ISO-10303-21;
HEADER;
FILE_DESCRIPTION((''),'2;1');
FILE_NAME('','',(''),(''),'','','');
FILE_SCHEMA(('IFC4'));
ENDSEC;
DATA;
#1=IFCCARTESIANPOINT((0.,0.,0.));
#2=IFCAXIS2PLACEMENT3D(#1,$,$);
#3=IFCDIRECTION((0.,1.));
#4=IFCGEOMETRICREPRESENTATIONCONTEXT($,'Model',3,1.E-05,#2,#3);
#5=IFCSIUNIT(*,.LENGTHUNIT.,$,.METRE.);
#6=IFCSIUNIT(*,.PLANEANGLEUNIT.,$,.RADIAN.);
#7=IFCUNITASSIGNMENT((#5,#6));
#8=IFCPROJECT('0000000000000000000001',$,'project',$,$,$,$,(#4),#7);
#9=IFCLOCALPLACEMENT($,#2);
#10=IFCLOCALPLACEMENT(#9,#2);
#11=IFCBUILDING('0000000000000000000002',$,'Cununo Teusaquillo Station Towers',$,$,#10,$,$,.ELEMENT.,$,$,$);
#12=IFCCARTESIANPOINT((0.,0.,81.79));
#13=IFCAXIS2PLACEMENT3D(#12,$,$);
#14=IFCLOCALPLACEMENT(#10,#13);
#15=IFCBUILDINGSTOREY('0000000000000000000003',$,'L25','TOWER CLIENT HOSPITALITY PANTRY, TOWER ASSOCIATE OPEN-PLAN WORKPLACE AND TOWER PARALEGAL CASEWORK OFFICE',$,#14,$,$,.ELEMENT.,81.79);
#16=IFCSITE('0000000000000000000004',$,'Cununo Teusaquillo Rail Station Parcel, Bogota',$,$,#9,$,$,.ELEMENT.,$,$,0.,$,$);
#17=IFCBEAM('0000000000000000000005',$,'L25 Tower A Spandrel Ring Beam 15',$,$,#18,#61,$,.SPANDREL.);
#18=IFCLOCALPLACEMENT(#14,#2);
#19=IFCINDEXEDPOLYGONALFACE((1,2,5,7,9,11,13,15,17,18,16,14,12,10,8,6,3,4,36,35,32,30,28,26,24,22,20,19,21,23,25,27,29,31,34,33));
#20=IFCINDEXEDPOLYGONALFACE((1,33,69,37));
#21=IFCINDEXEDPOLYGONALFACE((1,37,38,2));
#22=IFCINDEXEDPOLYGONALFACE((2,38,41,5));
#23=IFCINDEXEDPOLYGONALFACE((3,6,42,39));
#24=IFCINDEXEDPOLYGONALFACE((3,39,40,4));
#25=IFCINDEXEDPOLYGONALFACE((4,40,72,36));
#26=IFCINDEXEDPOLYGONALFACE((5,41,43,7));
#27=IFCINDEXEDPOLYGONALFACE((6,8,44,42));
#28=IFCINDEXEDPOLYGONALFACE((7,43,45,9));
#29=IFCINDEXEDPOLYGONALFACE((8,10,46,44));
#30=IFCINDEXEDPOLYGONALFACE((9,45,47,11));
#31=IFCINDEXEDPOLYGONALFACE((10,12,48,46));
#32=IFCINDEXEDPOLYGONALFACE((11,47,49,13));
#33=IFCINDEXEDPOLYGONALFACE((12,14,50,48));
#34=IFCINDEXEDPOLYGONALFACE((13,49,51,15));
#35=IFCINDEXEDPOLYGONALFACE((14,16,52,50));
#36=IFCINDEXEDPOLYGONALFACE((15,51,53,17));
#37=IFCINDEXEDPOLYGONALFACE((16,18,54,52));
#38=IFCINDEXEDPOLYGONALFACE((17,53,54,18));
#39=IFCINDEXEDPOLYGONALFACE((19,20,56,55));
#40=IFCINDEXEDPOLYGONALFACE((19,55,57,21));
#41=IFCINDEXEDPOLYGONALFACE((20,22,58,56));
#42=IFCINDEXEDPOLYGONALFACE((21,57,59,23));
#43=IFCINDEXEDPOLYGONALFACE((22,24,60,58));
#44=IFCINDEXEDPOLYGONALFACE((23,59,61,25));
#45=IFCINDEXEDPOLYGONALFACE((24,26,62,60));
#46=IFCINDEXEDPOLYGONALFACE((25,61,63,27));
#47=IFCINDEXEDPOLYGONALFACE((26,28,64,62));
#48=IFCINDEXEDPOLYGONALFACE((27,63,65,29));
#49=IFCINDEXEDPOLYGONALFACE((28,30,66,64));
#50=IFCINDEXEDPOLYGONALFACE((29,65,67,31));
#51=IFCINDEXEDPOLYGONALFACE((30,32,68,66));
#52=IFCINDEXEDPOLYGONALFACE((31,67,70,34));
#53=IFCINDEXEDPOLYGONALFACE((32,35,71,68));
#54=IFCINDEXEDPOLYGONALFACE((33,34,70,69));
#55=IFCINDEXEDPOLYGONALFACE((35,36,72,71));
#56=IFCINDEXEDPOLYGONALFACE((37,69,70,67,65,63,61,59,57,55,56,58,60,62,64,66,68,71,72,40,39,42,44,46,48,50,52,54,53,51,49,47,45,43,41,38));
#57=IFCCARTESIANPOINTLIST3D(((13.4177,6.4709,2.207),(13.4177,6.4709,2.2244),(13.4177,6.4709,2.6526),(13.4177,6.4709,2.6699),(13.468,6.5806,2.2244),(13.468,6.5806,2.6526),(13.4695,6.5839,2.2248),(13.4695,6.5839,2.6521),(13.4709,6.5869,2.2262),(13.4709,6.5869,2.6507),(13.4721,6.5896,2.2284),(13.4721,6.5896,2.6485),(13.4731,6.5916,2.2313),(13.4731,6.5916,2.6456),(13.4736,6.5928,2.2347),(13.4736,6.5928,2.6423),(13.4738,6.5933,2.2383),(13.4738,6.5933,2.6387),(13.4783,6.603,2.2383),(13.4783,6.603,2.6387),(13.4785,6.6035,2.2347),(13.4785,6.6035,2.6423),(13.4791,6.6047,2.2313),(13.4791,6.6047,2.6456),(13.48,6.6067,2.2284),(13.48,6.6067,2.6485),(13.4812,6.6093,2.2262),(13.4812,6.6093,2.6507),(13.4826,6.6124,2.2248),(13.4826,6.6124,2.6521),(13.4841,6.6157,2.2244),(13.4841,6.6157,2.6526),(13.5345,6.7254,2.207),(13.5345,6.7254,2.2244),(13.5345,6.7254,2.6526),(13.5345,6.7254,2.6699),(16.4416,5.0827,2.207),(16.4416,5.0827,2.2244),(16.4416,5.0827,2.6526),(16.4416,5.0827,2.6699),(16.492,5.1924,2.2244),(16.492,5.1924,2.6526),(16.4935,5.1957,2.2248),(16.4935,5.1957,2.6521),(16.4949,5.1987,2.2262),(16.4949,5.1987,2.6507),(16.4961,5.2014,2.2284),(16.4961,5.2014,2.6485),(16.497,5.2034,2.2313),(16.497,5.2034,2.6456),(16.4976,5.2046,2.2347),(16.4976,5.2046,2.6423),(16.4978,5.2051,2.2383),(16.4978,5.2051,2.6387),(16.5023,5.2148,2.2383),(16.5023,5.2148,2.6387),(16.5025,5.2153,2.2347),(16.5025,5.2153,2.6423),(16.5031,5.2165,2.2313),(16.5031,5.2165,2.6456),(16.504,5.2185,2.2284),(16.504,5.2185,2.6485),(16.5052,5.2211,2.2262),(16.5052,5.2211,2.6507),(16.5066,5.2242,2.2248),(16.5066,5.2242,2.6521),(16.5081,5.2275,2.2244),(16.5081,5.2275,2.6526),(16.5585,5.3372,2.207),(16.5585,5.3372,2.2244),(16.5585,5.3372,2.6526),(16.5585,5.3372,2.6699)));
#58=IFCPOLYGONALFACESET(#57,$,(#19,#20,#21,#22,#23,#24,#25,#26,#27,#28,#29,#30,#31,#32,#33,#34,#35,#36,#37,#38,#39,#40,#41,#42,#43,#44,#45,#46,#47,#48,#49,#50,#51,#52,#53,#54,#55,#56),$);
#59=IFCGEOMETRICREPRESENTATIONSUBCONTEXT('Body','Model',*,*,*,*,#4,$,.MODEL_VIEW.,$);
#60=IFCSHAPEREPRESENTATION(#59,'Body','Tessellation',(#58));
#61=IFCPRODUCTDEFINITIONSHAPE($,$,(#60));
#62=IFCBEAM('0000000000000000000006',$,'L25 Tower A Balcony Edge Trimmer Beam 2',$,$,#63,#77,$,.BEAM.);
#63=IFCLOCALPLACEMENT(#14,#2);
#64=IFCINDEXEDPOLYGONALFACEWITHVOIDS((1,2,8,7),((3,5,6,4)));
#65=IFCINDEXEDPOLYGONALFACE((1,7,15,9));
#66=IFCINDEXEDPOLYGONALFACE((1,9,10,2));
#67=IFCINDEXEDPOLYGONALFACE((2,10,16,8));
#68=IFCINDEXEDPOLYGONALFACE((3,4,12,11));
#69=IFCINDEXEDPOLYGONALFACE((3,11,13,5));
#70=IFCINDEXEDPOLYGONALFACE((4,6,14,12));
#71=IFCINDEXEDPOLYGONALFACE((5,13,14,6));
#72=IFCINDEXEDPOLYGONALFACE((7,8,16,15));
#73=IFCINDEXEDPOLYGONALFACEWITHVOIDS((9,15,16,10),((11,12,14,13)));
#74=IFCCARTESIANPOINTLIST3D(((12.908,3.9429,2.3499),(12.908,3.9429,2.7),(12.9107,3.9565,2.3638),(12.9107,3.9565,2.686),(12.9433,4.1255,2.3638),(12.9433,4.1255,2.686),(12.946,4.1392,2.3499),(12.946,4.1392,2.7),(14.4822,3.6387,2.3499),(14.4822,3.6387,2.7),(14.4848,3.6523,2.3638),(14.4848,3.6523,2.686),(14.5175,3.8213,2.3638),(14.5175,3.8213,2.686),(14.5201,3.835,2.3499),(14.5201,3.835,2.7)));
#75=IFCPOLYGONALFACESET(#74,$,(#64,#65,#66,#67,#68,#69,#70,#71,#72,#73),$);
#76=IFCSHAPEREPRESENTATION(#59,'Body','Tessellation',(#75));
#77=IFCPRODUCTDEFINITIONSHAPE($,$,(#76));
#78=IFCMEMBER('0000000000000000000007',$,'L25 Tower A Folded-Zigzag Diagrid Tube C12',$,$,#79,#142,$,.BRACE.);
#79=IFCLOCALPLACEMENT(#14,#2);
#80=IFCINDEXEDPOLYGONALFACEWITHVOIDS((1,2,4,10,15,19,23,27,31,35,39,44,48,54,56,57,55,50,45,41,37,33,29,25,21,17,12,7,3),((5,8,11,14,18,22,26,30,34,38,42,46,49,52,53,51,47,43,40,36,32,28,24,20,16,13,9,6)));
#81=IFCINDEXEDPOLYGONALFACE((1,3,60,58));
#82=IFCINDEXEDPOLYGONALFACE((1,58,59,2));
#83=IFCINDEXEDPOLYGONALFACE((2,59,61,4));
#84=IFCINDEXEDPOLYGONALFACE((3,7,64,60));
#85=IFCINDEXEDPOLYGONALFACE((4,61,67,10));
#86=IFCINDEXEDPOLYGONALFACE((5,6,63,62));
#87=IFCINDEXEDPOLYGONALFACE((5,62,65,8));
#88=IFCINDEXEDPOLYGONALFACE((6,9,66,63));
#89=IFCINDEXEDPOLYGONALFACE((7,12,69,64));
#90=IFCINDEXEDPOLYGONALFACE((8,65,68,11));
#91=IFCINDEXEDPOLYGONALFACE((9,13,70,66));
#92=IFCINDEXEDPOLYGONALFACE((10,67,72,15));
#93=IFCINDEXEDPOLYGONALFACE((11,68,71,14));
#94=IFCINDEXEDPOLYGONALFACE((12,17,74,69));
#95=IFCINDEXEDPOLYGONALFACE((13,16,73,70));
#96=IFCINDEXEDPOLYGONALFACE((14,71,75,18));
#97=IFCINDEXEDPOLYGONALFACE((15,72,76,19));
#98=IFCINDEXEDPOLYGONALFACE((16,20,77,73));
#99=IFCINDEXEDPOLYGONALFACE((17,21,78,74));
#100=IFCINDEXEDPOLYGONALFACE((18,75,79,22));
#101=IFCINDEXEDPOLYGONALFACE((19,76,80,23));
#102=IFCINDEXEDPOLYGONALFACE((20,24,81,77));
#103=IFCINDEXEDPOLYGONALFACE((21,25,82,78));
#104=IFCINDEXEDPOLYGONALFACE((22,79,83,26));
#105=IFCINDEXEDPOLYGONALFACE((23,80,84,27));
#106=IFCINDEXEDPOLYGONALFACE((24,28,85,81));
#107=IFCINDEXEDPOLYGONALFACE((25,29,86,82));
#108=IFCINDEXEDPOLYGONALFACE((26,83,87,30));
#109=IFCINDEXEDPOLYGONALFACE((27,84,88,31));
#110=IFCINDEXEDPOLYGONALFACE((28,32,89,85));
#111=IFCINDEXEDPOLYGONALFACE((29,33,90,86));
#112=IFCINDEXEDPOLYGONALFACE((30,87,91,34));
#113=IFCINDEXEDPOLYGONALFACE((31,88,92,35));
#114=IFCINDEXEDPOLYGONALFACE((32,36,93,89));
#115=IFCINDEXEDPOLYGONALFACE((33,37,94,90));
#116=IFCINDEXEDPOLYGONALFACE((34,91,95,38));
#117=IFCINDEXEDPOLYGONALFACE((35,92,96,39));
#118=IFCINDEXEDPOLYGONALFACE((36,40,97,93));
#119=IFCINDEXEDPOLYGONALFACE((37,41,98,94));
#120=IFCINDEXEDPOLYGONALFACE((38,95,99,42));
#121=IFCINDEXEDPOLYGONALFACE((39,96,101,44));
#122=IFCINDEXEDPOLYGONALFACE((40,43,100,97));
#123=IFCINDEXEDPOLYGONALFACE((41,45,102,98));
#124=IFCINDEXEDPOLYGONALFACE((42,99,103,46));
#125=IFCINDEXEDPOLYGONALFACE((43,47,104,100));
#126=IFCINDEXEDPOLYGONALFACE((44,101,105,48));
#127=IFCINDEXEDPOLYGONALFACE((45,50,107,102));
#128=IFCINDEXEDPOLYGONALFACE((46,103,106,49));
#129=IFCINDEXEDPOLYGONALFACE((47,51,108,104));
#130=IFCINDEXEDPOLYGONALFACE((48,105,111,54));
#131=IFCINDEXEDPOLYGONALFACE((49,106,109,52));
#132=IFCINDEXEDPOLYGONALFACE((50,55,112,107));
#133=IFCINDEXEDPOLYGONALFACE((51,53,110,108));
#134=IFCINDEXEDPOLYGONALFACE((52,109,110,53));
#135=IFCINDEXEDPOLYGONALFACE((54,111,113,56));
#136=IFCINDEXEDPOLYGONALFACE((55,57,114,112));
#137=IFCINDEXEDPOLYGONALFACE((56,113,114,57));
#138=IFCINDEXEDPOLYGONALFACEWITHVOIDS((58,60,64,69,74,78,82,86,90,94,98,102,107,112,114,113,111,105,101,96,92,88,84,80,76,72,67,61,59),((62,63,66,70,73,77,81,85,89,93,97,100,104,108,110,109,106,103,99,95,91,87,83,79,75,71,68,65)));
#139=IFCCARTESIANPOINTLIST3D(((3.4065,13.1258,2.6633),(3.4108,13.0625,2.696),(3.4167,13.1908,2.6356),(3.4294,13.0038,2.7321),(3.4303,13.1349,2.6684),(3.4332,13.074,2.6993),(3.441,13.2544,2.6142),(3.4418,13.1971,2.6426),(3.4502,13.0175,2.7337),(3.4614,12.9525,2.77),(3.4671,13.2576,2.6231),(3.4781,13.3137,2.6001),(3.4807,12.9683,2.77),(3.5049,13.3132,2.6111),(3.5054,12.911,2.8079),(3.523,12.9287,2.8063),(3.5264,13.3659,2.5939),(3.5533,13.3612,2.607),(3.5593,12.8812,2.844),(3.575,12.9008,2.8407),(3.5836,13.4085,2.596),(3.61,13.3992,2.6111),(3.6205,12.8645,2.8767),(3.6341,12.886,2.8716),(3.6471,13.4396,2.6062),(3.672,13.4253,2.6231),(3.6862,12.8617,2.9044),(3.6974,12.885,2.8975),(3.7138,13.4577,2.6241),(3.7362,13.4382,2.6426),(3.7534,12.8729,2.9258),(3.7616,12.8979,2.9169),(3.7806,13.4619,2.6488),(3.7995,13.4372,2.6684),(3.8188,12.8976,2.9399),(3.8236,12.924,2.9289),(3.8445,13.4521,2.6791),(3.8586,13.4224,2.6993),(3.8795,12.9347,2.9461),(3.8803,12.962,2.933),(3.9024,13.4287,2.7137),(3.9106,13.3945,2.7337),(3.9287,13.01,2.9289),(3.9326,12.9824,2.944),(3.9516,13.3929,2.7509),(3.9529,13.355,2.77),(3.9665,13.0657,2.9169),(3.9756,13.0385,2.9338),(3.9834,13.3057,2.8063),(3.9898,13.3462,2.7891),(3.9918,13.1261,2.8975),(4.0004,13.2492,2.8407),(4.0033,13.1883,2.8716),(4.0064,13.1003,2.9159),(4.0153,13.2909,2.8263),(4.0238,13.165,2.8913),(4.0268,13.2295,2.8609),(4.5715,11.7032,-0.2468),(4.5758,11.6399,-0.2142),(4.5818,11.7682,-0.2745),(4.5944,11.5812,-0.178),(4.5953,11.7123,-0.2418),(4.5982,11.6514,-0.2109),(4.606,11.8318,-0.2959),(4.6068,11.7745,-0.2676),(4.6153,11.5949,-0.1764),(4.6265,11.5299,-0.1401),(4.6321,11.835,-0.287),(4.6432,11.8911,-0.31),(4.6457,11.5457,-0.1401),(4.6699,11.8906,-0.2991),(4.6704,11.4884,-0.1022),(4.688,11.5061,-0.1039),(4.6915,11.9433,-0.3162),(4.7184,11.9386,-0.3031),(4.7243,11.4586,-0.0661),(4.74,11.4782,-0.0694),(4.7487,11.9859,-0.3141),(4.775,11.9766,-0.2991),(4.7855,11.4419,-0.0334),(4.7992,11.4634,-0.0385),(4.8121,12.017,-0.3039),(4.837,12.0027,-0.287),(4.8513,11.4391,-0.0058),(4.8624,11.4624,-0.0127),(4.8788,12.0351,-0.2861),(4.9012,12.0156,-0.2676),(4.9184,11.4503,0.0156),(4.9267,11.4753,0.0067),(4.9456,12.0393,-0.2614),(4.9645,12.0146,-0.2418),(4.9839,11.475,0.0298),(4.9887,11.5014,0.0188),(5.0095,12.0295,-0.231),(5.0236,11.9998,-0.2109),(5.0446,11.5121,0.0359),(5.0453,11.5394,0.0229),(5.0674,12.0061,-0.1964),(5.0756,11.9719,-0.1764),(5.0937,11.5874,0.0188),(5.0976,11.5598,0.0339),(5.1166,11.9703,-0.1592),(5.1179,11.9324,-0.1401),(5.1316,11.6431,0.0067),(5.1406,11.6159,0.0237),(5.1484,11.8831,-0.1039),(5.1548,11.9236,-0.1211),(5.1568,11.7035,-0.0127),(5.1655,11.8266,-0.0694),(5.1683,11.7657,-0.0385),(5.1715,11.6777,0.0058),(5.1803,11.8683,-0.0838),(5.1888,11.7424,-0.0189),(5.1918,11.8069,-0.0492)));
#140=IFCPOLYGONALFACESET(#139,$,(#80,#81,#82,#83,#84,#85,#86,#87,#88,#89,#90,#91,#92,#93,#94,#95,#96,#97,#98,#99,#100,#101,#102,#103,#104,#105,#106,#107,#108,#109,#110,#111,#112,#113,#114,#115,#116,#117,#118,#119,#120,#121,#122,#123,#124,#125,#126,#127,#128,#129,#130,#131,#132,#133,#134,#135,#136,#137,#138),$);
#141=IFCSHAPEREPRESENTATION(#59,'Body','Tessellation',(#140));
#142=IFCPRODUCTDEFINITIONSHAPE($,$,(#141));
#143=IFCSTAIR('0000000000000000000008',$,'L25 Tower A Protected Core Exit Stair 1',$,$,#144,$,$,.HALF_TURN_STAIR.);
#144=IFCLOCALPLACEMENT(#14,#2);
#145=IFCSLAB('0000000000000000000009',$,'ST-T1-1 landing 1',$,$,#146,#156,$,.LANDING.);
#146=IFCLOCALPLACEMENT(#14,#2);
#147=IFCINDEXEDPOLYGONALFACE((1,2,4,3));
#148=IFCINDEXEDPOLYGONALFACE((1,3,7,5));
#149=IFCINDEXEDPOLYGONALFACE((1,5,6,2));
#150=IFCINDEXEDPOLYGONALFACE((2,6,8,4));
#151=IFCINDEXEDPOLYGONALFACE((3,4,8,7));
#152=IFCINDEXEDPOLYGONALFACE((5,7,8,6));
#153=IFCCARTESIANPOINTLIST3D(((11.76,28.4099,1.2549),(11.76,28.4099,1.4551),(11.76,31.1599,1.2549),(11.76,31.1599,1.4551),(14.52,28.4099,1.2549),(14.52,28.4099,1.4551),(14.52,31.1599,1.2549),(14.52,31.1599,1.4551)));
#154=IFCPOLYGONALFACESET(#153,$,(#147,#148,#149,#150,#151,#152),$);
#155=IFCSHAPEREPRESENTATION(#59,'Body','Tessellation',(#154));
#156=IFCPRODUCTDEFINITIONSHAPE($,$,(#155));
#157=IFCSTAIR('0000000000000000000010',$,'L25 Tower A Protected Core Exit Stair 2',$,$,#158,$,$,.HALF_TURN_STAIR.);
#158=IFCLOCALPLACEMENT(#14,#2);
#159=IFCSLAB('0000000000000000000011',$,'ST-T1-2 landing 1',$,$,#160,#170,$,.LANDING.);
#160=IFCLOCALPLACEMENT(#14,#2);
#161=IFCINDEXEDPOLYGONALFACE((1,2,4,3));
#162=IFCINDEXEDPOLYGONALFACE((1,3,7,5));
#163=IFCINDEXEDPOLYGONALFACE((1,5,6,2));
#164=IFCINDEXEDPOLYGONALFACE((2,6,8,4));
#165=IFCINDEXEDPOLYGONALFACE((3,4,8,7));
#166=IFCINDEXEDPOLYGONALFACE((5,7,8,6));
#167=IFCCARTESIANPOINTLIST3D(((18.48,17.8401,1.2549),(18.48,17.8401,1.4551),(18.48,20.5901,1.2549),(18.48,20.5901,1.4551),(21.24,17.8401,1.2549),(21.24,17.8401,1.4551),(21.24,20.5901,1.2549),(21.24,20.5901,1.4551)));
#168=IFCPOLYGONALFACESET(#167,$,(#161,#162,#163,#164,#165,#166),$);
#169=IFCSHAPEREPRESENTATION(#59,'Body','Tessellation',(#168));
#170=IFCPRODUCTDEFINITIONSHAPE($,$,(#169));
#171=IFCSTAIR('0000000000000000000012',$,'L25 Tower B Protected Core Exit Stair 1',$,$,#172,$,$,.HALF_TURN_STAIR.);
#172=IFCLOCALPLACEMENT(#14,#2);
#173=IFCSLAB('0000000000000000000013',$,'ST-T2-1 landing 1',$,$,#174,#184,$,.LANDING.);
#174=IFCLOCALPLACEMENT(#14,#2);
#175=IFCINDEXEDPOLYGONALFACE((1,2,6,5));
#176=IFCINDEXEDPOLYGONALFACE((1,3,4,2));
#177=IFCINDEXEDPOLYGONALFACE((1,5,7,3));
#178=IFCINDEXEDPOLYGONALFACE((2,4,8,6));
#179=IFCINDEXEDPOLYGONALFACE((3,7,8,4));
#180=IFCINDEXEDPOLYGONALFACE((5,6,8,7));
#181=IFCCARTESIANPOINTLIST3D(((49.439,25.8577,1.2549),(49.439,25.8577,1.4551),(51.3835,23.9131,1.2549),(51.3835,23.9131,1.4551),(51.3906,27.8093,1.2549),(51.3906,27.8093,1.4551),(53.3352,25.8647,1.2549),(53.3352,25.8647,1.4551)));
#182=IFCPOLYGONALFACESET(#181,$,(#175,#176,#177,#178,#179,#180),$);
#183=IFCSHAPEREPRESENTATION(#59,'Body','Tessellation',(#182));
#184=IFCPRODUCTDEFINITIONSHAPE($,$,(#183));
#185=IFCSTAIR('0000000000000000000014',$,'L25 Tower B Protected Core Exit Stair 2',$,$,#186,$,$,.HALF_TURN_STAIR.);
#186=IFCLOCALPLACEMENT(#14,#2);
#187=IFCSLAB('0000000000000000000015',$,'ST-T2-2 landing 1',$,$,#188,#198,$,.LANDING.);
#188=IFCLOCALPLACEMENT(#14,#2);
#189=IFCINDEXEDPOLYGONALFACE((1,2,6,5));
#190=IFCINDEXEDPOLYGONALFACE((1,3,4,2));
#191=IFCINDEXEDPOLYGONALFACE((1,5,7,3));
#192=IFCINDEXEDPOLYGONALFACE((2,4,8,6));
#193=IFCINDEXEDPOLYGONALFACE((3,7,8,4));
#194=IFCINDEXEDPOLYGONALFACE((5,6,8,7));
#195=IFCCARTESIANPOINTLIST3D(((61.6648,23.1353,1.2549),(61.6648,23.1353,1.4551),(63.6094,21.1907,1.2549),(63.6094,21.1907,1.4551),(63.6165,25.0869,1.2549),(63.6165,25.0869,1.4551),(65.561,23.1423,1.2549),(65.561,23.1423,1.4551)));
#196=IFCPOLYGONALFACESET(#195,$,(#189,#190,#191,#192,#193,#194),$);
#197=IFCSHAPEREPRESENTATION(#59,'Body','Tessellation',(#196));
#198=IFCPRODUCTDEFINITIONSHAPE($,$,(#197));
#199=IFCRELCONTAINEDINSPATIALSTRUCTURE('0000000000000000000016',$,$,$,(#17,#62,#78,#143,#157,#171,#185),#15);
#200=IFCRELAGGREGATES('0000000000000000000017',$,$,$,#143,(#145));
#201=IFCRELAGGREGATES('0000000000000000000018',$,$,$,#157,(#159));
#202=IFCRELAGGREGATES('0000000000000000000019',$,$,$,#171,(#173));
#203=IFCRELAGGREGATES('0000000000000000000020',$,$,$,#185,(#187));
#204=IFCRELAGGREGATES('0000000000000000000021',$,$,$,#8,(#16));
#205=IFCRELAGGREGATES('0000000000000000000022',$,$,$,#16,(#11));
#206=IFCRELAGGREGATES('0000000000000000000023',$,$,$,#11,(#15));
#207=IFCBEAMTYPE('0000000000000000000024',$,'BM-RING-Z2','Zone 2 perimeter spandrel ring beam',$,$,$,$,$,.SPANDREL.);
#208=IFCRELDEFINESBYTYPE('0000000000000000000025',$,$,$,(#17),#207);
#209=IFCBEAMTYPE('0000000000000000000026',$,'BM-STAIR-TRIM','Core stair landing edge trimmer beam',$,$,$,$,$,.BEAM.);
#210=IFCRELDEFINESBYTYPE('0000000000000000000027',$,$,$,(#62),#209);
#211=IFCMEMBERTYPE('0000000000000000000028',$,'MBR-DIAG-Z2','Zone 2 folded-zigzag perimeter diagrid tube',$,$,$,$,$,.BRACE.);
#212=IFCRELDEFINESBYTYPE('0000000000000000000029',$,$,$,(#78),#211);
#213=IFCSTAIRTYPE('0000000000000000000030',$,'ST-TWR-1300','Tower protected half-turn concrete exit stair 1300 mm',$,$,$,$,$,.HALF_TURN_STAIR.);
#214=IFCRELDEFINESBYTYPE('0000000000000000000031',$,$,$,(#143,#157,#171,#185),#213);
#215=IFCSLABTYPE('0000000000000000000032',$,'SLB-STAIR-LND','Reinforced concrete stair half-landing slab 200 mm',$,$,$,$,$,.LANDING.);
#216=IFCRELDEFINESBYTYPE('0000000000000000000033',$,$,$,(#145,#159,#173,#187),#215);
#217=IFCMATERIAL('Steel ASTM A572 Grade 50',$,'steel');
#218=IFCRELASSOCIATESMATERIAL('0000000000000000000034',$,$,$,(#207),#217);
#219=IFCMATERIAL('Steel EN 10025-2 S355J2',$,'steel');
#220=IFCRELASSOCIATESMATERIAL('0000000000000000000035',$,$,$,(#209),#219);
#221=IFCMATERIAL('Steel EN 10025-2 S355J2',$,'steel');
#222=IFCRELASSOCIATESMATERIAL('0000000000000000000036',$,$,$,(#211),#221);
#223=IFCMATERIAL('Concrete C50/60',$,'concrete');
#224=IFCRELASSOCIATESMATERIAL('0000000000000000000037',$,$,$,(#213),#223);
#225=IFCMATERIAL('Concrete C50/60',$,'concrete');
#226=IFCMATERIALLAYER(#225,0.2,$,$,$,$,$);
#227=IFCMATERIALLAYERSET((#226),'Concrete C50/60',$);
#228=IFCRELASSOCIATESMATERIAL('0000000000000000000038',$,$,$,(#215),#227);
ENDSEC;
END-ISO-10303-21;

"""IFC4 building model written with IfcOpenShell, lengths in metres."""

from ifc_helpers import new_model, si_unit, direction, frame, origin, origin_2d, place, context, subcontext, project, spatial, polyline, hollow_rectangle, hollow_circle, i_section, outline, extrude, material, layer, layer_set, material_profile, profile_set, type_object, element, aggregate, save


model = new_model("IFC4")

# Units and contexts
model_context = context("Model", 3, precision=1e-05, world=origin(), true_north=direction((0.0, 1.0)))
body_context = subcontext(model_context, "Body", "Model", "MODEL_VIEW")
ifc_project = project(units=[si_unit("LENGTHUNIT", "METRE"), si_unit("PLANEANGLEUNIT", "RADIAN")], contexts=[model_context])

# Site, building, storey
site_placement = place(None, origin())
site = spatial("IfcSite", under=ifc_project, at=site_placement, Name="Cununo Teusaquillo Rail Station Parcel, Bogota", CompositionType="ELEMENT", RefElevation=0.0)
building_placement = place(site_placement, origin())
building = spatial("IfcBuilding", under=site, at=building_placement, Name="Cununo Teusaquillo Station Towers", CompositionType="ELEMENT")
storey_placement = place(building_placement, frame((0.0, 0.0, 81.79)))
storey = spatial("IfcBuildingStorey", under=building, at=storey_placement, Name="L25", Description="TOWER CLIENT HOSPITALITY PANTRY, TOWER ASSOCIATE OPEN-PLAN WORKPLACE AND TOWER PARALEGAL CASEWORK OFFICE", CompositionType="ELEMENT", Elevation=81.79)

# Beams
ifc_material_1 = material(Name="Steel ASTM A572 Grade 50", Category="steel")
ifc_material_profile_1 = material_profile(ifc_material_1, i_section(OverallWidth=0.28, OverallDepth=0.4629, WebThickness=0.0107, FlangeThickness=0.0173, FilletRadius=0.0139, at=origin_2d()), Name="W18X76")
ifc_profile_set_1 = profile_set([ifc_material_profile_1], Name="Steel ASTM A572 Grade 50")
beam_type_1 = type_object("IfcBeamType", Name="BM-RING-Z2", Description="Zone 2 perimeter spandrel ring beam", PredefinedType="SPANDREL", material=ifc_profile_set_1)
beam_1_placement = place(storey_placement, frame((13.4761, 6.5981, 2.4385), z_axis=(0.908812, -0.417205, 0.0), x_axis=(0.417205, 0.908812, 0.0)))
element("IfcBeam", 1, at=beam_1_placement, inside=storey, type_object=beam_type_1, Name="L25 Tower A Spandrel Ring Beam 15", PredefinedType="SPANDREL", context=body_context, shape_type="SweptSolid", body=[
    extrude(i_section(OverallWidth=0.28, OverallDepth=0.4629, WebThickness=0.0107, FlangeThickness=0.0173, FilletRadius=0.0139, at=origin_2d()), origin(), (0.0, 0.0, 1.0), 3.3274),
])
ifc_material_2 = material(Name="Steel EN 10025-2 S355J2", Category="steel")
ifc_material_profile_2 = material_profile(ifc_material_2, hollow_rectangle(XDim=0.2, YDim=0.3501, WallThickness=0.0139, at=origin_2d()), Name="RHS 350x200x14")
ifc_profile_set_2 = profile_set([ifc_material_profile_2], Name="Steel EN 10025-2 S355J2")
beam_type_2 = type_object("IfcBeamType", Name="BM-STAIR-TRIM", Description="Core stair landing edge trimmer beam", PredefinedType="BEAM", material=ifc_profile_set_2)
beam_2_placement = place(storey_placement, frame((12.927, 4.041, 2.5249), z_axis=(0.981837, -0.189728, 0.0), x_axis=(0.189728, 0.981837, 0.0)))
element("IfcBeam", 2, at=beam_2_placement, inside=storey, type_object=beam_type_2, Name="L25 Tower A Balcony Edge Trimmer Beam 2", PredefinedType="BEAM", context=body_context, shape_type="SweptSolid", body=[
    extrude(hollow_rectangle(XDim=0.2, YDim=0.3501, WallThickness=0.0139, at=origin_2d()), origin(), (0.0, 0.0, 1.0), 1.6033),
])

# Member
ifc_material_3 = material(Name="Steel EN 10025-2 S355J2", Category="steel")
ifc_material_profile_3 = material_profile(ifc_material_3, hollow_circle(Radius=0.3301, WallThickness=0.0249, at=origin_2d()), Name="CHS 660x25")
ifc_profile_set_3 = profile_set([ifc_material_profile_3], Name="Steel EN 10025-2 S355J2")
member_type = type_object("IfcMemberType", Name="MBR-DIAG-Z2", Description="Zone 2 folded-zigzag perimeter diagrid tube", PredefinedType="BRACE", material=ifc_profile_set_3)
member_placement = place(storey_placement, frame((4.8818, 11.739, -0.1401), z_axis=(-0.338438, 0.41326, 0.845385), x_axis=(-0.773667, -0.633592, 0.0)))
element("IfcMember", 3, at=member_placement, inside=storey, type_object=member_type, Name="L25 Tower A Folded-Zigzag Diagrid Tube C12", PredefinedType="BRACE", context=body_context, shape_type="SweptSolid", body=[
    extrude(hollow_circle(Radius=0.3301, WallThickness=0.0249, at=origin_2d()), origin(), (0.0, 0.0, 1.0), 3.4424),
])

# Stairs, slabs
ifc_material_4 = material(Name="Concrete C50/60", Category="concrete")
stair_type = type_object("IfcStairType", Name="ST-TWR-1300", Description="Tower protected half-turn concrete exit stair 1300 mm", PredefinedType="HALF_TURN_STAIR", material=ifc_material_4)
stair_1_placement = place(storey_placement, origin())
stair_1 = element("IfcStair", 4, at=stair_1_placement, inside=storey, type_object=stair_type, Name="L25 Tower A Protected Core Exit Stair 1", PredefinedType="HALF_TURN_STAIR")
ifc_material_5 = material(Name="Concrete C50/60", Category="concrete")
ifc_layer_1 = layer(ifc_material_5, 0.2)
ifc_layer_set_1 = layer_set([ifc_layer_1], Name="Concrete C50/60")
slab_type_1 = type_object("IfcSlabType", Name="SLB-STAIR-LND", Description="Reinforced concrete stair half-landing slab 200 mm", PredefinedType="LANDING", material=ifc_layer_set_1)
slab_1_placement = place(storey_placement, frame((0.0, 0.0, 1.2549)))
slab_1 = element("IfcSlab", 5, at=slab_1_placement, type_object=slab_type_1, Name="ST-T1-1 landing 1", PredefinedType="LANDING", context=body_context, shape_type="SweptSolid", body=[
    extrude(outline(polyline([(14.52, 28.4099), (14.52, 31.1599), (11.76, 31.1599), (11.76, 28.4099), (14.52, 28.4099)])), origin(), (0.0, 0.0, 1.0), 0.2002),
])
aggregate(stair_1, [slab_1])
stair_2_placement = place(storey_placement, origin())
stair_2 = element("IfcStair", 6, at=stair_2_placement, inside=storey, type_object=stair_type, Name="L25 Tower A Protected Core Exit Stair 2", PredefinedType="HALF_TURN_STAIR")
slab_2_placement = place(storey_placement, frame((0.0, 0.0, 1.2549)))
slab_2 = element("IfcSlab", 7, at=slab_2_placement, type_object=slab_type_1, Name="ST-T1-2 landing 1", PredefinedType="LANDING", context=body_context, shape_type="SweptSolid", body=[
    extrude(outline(polyline([(18.48, 20.5901), (18.48, 17.8401), (21.24, 17.8401), (21.24, 20.5901), (18.48, 20.5901)])), origin(), (0.0, 0.0, 1.0), 0.2002),
])
aggregate(stair_2, [slab_2])
stair_3_placement = place(storey_placement, origin())
stair_3 = element("IfcStair", 8, at=stair_3_placement, inside=storey, type_object=stair_type, Name="L25 Tower B Protected Core Exit Stair 1", PredefinedType="HALF_TURN_STAIR")
slab_3_placement = place(storey_placement, frame((0.0, 0.0, 1.2549)))
slab_3 = element("IfcSlab", 9, at=slab_3_placement, type_object=slab_type_1, Name="ST-T2-1 landing 1", PredefinedType="LANDING", context=body_context, shape_type="SweptSolid", body=[
    extrude(outline(polyline([(53.3352, 25.8647), (51.3906, 27.8093), (49.439, 25.8577), (51.3835, 23.9131), (53.3352, 25.8647)])), origin(), (0.0, 0.0, 1.0), 0.2002),
])
aggregate(stair_3, [slab_3])
stair_4_placement = place(storey_placement, origin())
stair_4 = element("IfcStair", 10, at=stair_4_placement, inside=storey, type_object=stair_type, Name="L25 Tower B Protected Core Exit Stair 2", PredefinedType="HALF_TURN_STAIR")
slab_4_placement = place(storey_placement, frame((0.0, 0.0, 1.2549)))
slab_4 = element("IfcSlab", 11, at=slab_4_placement, type_object=slab_type_1, Name="ST-T2-2 landing 1", PredefinedType="LANDING", context=body_context, shape_type="SweptSolid", body=[
    extrude(outline(polyline([(61.6648, 23.1353), (63.6094, 21.1907), (65.561, 23.1423), (63.6165, 25.0869), (61.6648, 23.1353)])), origin(), (0.0, 0.0, 1.0), 0.2002),
])
aggregate(stair_4, [slab_4])

save(model, "model.ifc")
